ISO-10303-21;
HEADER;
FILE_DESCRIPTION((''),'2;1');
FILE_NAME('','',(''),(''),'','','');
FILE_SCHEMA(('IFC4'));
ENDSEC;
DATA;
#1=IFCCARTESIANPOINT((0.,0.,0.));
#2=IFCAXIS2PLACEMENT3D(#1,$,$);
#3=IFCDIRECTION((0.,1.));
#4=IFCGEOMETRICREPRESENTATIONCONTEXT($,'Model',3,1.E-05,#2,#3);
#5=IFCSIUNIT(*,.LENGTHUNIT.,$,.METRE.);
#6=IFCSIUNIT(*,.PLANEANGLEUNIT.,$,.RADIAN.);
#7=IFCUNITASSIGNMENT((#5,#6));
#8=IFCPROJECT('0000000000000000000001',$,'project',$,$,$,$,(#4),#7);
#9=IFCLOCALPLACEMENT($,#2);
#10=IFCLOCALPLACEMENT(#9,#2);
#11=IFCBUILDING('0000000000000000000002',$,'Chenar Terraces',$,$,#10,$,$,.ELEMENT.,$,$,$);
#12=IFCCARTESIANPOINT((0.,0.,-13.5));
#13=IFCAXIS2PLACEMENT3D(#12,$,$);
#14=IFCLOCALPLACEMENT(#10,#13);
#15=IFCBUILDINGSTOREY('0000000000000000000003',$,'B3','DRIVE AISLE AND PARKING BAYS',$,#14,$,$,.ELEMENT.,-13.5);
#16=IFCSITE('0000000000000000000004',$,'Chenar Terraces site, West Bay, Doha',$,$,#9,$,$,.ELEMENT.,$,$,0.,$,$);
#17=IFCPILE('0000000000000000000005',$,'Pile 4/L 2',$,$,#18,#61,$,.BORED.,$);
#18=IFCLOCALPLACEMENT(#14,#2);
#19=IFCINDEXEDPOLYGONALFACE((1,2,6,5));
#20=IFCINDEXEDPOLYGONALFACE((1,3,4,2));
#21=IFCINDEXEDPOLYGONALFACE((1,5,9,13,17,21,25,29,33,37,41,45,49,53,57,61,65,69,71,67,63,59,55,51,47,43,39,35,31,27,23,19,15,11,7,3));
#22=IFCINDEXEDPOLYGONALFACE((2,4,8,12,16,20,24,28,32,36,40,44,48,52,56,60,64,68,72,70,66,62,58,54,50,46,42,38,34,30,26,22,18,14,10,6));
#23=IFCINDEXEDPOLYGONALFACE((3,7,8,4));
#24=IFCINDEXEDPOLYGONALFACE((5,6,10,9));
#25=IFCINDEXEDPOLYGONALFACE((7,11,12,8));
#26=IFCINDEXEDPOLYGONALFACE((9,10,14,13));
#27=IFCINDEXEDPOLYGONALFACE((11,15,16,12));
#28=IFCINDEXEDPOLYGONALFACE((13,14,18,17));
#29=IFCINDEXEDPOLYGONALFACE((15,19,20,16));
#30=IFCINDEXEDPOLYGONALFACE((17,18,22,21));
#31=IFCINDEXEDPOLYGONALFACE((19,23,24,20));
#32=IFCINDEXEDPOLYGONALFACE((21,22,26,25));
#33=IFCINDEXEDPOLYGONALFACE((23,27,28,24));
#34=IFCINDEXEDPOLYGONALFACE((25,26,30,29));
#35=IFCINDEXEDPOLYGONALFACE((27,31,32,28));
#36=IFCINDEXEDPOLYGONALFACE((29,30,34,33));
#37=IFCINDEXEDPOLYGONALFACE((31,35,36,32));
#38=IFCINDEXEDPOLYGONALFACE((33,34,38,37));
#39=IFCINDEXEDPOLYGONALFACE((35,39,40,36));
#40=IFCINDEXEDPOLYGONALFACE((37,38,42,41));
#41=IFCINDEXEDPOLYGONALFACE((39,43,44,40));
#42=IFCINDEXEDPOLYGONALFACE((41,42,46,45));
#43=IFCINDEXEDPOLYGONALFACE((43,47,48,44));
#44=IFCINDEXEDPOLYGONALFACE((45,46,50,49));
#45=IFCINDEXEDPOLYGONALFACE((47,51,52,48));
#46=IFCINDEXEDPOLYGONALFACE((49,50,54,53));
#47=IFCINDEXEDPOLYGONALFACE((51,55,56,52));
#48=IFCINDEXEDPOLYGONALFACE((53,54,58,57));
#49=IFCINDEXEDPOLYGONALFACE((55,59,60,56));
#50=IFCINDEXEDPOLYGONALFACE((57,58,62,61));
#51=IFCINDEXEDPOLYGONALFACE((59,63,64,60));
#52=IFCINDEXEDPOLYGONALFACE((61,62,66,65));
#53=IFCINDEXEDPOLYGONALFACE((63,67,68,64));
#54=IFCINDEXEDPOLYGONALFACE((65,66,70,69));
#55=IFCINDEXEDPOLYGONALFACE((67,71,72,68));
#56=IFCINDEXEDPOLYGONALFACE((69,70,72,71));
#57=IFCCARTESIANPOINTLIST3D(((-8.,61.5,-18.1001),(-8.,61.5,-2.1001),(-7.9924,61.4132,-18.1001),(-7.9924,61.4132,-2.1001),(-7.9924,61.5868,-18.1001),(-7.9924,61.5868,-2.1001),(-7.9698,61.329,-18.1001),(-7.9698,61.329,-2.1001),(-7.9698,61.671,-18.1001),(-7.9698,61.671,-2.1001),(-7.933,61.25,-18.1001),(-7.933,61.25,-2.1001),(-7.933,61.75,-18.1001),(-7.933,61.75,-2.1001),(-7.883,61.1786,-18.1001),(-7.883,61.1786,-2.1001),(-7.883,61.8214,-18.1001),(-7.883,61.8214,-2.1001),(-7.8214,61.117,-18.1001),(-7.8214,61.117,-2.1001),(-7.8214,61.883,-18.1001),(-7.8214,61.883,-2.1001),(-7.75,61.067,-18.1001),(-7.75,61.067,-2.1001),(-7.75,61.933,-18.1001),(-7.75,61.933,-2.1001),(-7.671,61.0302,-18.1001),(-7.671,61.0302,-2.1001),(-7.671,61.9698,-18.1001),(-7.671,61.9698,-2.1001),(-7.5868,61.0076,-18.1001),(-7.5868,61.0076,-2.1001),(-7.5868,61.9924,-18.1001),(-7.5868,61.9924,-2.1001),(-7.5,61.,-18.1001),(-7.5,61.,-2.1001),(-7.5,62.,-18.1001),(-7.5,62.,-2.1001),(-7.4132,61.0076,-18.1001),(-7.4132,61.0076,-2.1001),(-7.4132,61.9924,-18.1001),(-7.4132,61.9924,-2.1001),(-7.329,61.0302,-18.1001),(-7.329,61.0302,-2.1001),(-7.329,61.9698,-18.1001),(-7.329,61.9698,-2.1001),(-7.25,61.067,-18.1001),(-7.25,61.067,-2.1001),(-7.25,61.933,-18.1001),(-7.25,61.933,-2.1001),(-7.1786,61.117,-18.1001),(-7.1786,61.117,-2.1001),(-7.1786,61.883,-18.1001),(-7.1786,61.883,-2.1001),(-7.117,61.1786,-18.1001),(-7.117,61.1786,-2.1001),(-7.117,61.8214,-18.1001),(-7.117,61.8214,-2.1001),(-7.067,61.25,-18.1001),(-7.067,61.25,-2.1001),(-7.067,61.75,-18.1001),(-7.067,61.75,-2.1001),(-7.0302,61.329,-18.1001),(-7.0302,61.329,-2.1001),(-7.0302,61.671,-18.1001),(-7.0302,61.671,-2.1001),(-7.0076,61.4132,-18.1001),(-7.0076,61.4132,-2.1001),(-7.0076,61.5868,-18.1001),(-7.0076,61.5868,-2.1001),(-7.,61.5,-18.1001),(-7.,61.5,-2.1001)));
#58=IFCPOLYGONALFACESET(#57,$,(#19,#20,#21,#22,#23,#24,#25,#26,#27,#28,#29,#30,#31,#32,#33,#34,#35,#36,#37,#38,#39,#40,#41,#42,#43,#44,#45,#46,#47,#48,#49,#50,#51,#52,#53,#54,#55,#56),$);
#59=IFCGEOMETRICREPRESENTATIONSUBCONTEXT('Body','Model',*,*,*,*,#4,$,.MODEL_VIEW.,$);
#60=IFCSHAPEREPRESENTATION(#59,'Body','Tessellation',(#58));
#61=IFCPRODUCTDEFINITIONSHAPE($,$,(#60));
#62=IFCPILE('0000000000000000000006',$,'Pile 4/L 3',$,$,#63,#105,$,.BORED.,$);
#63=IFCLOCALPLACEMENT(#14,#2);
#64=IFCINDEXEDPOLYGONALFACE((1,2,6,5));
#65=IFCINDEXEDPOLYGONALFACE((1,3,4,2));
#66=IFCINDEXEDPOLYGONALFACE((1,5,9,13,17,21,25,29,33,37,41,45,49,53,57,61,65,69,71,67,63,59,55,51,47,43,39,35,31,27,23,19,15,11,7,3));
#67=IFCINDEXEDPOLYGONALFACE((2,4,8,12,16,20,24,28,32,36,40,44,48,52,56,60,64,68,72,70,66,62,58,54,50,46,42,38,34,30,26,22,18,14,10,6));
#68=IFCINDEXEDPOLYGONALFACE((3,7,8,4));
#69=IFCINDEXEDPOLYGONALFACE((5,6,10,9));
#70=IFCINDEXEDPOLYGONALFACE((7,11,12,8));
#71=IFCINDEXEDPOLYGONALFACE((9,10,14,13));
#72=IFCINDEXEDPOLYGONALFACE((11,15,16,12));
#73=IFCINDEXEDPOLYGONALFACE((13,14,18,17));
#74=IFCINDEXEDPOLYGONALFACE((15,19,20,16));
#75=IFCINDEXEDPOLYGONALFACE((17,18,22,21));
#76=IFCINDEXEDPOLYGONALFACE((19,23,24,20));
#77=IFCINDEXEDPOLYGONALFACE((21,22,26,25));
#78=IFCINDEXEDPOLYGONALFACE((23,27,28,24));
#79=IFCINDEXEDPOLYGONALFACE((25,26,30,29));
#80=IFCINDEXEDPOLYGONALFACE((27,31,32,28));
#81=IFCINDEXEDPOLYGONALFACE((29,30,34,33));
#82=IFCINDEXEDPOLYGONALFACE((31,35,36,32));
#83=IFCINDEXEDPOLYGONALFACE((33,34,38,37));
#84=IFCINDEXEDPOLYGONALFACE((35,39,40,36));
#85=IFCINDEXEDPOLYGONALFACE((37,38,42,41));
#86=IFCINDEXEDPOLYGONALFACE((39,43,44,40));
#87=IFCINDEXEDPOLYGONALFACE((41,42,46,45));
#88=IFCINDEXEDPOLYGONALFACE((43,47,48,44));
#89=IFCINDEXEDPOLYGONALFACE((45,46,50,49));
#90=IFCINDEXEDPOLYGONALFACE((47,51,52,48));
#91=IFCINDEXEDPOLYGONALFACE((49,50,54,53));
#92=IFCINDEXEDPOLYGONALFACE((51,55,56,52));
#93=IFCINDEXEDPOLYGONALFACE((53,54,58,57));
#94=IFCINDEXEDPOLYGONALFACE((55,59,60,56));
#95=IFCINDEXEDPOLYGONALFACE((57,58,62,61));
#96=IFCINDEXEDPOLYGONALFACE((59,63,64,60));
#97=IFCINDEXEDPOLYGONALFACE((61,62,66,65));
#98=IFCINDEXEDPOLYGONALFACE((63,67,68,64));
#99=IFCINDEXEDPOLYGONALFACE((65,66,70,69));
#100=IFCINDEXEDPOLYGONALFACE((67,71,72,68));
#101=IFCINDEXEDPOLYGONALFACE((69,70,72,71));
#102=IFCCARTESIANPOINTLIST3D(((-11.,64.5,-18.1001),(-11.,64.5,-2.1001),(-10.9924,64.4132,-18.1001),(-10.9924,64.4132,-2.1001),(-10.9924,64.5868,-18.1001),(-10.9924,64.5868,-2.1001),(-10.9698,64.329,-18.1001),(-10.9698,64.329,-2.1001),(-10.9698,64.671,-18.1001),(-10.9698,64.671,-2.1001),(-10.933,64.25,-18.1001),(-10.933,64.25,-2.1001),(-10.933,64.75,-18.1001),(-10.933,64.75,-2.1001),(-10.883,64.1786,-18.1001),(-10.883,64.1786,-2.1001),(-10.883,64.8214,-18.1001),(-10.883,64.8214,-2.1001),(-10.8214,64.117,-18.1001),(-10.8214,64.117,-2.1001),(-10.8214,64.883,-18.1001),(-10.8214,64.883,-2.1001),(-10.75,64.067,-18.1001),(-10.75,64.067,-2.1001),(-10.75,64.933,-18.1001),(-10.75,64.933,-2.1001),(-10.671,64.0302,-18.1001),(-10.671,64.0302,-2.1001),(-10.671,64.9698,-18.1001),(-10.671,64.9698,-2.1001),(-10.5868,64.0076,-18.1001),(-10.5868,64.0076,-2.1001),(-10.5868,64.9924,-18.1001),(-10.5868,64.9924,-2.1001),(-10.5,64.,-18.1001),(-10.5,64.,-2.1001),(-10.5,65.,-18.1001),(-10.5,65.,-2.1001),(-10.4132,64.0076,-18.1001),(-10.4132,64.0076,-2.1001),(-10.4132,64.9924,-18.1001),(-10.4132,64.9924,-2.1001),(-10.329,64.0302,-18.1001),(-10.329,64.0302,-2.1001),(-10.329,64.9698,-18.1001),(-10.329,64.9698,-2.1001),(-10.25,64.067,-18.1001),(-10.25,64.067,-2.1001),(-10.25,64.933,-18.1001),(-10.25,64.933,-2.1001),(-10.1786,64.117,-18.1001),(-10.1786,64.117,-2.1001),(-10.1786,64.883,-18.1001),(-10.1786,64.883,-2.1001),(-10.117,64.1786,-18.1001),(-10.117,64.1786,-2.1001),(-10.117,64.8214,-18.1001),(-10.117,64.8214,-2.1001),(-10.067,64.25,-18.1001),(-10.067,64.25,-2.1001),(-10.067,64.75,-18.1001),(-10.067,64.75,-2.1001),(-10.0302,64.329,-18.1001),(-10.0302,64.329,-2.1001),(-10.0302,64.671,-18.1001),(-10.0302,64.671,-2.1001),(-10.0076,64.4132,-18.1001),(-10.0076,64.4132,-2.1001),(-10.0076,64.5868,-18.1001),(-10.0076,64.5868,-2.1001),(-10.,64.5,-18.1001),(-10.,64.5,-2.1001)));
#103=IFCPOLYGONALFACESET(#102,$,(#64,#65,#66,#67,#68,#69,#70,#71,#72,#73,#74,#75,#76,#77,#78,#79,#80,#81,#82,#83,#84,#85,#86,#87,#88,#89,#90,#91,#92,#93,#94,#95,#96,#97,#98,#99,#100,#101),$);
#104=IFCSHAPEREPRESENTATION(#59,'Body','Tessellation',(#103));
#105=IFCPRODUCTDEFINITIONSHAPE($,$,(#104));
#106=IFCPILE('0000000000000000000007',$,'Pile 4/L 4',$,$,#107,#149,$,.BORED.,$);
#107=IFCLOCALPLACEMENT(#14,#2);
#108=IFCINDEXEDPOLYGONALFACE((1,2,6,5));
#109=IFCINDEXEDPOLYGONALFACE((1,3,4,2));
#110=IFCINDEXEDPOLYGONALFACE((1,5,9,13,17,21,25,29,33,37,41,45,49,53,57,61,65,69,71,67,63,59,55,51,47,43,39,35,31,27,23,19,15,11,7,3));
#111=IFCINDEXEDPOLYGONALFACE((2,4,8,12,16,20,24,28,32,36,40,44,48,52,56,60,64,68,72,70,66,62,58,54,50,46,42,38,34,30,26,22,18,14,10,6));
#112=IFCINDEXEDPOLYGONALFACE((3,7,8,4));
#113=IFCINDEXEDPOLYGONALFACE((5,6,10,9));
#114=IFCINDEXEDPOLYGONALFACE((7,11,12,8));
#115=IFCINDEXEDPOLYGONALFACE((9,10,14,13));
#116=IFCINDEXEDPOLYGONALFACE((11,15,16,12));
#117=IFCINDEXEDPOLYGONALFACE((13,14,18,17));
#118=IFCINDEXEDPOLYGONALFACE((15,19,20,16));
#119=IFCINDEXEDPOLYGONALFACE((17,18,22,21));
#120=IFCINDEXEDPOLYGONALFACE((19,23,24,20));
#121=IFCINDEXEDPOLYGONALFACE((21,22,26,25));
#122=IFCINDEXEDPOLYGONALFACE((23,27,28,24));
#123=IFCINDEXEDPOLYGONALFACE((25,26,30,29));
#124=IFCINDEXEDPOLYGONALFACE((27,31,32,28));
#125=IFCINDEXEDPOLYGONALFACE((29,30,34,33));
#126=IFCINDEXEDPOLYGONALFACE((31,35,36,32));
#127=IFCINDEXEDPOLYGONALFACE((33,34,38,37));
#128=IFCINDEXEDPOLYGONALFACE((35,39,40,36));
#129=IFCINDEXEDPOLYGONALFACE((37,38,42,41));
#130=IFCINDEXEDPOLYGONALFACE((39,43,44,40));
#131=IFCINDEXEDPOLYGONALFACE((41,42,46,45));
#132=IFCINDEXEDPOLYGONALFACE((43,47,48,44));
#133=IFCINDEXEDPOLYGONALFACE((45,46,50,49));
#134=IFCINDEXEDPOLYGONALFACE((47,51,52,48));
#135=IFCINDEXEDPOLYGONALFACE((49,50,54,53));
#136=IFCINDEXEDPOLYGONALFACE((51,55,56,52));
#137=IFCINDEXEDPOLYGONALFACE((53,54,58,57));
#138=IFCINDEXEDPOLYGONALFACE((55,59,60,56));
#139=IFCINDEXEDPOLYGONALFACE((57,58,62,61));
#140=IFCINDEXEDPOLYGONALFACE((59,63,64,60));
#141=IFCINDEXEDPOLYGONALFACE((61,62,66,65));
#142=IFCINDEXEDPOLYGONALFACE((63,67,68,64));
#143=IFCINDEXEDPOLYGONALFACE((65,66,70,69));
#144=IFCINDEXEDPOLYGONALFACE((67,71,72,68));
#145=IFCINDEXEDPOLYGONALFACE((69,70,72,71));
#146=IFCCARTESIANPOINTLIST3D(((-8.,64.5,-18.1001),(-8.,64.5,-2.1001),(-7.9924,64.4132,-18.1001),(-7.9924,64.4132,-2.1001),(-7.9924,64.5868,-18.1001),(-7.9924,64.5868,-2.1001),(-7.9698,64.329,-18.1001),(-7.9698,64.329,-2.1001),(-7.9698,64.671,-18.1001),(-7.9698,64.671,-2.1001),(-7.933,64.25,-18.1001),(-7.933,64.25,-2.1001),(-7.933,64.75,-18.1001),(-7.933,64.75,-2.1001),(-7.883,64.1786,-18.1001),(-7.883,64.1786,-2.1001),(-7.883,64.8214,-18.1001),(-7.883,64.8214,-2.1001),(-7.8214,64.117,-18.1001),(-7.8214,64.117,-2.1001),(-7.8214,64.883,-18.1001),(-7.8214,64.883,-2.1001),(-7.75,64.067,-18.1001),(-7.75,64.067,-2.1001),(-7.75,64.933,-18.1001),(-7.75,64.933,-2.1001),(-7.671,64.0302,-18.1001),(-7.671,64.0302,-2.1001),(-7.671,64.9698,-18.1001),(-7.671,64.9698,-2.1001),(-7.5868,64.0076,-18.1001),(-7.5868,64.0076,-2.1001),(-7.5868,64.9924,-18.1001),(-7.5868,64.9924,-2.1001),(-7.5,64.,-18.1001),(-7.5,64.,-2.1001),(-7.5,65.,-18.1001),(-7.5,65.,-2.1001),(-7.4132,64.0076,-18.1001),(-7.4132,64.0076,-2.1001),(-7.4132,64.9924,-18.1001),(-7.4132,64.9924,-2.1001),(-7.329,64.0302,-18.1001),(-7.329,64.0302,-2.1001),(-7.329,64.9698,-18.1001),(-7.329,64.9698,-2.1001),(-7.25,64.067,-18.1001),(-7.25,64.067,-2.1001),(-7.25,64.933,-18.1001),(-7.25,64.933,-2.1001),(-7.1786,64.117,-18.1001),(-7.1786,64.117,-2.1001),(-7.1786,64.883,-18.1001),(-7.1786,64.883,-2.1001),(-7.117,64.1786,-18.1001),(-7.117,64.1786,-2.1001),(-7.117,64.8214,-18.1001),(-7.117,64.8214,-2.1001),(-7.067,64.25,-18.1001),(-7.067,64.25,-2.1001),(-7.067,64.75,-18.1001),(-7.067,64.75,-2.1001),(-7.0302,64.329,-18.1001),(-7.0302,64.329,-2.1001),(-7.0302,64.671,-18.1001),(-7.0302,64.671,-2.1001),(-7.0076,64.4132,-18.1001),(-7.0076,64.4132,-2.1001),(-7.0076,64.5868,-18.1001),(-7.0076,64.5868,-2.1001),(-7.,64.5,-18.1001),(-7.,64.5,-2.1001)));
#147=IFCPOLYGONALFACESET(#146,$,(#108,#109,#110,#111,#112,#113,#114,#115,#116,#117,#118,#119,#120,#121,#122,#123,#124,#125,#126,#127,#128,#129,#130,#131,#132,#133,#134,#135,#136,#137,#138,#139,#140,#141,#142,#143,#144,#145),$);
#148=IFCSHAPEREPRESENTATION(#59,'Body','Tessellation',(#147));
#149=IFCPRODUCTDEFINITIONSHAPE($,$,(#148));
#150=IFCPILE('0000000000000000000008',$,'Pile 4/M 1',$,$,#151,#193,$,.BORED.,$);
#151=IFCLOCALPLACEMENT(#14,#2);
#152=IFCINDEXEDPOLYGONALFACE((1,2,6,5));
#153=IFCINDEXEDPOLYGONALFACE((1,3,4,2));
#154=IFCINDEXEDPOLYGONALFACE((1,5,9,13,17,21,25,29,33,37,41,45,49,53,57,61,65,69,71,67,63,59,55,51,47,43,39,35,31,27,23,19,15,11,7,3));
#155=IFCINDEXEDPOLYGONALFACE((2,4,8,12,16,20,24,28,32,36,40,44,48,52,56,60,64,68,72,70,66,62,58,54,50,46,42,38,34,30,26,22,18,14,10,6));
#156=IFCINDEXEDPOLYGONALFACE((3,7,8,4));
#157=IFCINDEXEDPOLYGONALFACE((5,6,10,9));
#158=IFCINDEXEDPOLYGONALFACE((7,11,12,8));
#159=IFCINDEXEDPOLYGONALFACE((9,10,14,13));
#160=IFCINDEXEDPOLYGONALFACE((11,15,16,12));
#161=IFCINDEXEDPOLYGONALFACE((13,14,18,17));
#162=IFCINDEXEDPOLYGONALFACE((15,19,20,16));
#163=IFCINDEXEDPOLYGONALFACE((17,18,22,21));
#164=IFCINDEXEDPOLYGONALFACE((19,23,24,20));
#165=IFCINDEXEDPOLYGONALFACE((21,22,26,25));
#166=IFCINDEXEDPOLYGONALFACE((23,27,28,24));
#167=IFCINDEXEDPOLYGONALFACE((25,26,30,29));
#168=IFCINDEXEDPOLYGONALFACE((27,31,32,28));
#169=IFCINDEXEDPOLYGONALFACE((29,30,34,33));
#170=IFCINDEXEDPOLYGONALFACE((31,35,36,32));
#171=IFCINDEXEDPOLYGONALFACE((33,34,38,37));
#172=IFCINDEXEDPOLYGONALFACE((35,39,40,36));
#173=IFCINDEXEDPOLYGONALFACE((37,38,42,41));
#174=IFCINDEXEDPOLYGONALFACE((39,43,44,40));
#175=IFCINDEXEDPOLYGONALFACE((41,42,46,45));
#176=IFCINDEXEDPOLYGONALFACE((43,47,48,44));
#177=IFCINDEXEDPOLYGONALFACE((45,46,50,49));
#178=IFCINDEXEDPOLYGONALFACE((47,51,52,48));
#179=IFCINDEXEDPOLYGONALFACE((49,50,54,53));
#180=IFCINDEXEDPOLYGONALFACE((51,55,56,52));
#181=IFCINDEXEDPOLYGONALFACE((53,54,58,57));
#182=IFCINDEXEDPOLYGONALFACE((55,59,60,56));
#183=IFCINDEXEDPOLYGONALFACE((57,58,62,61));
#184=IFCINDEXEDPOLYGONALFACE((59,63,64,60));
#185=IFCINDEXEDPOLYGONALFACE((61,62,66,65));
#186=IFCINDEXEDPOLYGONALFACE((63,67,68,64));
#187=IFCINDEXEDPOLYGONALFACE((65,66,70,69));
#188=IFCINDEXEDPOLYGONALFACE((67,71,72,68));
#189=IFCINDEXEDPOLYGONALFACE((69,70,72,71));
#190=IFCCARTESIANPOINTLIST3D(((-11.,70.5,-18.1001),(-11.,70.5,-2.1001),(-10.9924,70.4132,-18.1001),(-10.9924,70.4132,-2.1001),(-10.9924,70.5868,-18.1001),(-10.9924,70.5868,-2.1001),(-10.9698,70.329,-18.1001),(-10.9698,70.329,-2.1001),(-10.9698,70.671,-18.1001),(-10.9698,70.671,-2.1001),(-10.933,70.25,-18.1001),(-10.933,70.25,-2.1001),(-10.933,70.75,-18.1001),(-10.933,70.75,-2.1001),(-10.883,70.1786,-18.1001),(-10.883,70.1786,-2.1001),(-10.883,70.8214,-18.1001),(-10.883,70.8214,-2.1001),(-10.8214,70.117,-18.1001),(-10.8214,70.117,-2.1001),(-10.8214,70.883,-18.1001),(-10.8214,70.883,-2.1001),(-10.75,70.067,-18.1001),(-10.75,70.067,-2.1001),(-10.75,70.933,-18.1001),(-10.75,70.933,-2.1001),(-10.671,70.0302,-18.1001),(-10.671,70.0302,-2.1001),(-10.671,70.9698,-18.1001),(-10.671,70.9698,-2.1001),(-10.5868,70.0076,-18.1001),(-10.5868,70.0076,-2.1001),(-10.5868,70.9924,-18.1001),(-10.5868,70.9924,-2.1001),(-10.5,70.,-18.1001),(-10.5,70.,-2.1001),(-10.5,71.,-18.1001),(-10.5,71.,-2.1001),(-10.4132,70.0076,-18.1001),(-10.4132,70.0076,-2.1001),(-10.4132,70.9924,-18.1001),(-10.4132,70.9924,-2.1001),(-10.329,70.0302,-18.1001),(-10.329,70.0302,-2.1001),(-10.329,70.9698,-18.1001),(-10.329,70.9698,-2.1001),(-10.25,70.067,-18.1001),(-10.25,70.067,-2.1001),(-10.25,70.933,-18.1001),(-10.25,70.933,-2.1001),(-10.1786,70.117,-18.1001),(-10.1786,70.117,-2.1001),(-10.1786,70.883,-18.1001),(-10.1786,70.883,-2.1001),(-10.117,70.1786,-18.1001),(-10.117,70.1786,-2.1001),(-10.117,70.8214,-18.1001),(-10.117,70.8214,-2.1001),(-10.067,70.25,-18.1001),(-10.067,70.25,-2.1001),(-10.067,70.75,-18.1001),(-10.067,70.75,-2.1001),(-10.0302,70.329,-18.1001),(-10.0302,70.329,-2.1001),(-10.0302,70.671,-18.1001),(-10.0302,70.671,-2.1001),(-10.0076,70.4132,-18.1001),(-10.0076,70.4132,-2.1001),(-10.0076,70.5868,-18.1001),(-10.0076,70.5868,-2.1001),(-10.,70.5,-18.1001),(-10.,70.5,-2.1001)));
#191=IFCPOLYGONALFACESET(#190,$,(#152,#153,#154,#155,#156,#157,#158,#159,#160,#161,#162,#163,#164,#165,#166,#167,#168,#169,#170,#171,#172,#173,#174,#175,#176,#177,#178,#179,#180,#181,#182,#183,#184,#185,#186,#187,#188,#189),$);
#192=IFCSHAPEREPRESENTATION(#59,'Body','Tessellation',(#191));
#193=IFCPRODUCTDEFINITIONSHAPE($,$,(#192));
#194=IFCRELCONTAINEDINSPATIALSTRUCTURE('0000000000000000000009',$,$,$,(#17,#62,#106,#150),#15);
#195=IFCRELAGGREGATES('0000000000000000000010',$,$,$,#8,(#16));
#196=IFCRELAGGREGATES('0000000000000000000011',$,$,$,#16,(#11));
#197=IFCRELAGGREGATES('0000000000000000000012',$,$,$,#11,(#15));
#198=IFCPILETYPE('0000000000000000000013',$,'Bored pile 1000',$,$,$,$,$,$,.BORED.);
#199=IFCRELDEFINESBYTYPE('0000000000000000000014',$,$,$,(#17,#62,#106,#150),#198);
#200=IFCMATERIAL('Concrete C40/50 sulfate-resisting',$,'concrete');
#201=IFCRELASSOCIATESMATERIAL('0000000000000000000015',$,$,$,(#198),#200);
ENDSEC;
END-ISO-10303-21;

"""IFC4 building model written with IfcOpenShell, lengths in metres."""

from ifc_helpers import new_model, si_unit, direction, frame, origin, origin_2d, place, context, subcontext, project, spatial, circle, extrude, material, material_profile, profile_set, type_object, element, save


model = new_model("IFC4")

# Units and contexts
model_context = context("Model", 3, precision=1e-05, world=origin(), true_north=direction((0.0, 1.0)))
body_context = subcontext(model_context, "Body", "Model", "MODEL_VIEW")
ifc_project = project(units=[si_unit("LENGTHUNIT", "METRE"), si_unit("PLANEANGLEUNIT", "RADIAN")], contexts=[model_context])

# Site, building, storey
site_placement = place(None, origin())
site = spatial("IfcSite", under=ifc_project, at=site_placement, Name="Chenar Terraces site, West Bay, Doha", CompositionType="ELEMENT", RefElevation=0.0)
building_placement = place(site_placement, origin())
building = spatial("IfcBuilding", under=site, at=building_placement, Name="Chenar Terraces", CompositionType="ELEMENT")
storey_placement = place(building_placement, frame((0.0, 0.0, -13.5)))
storey = spatial("IfcBuildingStorey", under=building, at=storey_placement, Name="B3", Description="DRIVE AISLE AND PARKING BAYS", CompositionType="ELEMENT", Elevation=-13.5)

# Piles
ifc_material_1 = material(Name="Concrete C40/50 sulfate-resisting", Category="concrete")
ifc_material_profile_1 = material_profile(ifc_material_1, circle(Radius=0.5, at=origin_2d()), Name="BP 1000")
ifc_profile_set_1 = profile_set([ifc_material_profile_1], Name="Concrete C40/50 sulfate-resisting")
pile_type_1 = type_object("IfcPileType", Name="Bored pile 1000", PredefinedType="BORED", material=ifc_profile_set_1)
for number, where, z_axis, x_axis, name in (
    (1, (-7.5, 61.5, -2.1001), (0.0, 0.0, -1.0), (1.0, 0.0, 0.0), "Pile 4/L 2"),
    (2, (-10.5, 64.5, -2.1001), (0.0, 0.0, -1.0), (1.0, 0.0, 0.0), "Pile 4/L 3"),
    (3, (-7.5, 64.5, -2.1001), (0.0, 0.0, -1.0), (1.0, 0.0, 0.0), "Pile 4/L 4"),
    (4, (-10.5, 70.5, -2.1001), (0.0, 0.0, -1.0), (1.0, 0.0, 0.0), "Pile 4/M 1"),
):
    element("IfcPile", number, at=place(storey_placement, frame(where, z_axis=z_axis, x_axis=x_axis)), inside=storey, type_object=pile_type_1, Name=name, PredefinedType="BORED", context=body_context, shape_type="SweptSolid", body=[
        extrude(circle(Radius=0.5, at=origin_2d()), origin(), (0.0, 0.0, 1.0), 16.0),
    ])

save(model, "model.ifc")
